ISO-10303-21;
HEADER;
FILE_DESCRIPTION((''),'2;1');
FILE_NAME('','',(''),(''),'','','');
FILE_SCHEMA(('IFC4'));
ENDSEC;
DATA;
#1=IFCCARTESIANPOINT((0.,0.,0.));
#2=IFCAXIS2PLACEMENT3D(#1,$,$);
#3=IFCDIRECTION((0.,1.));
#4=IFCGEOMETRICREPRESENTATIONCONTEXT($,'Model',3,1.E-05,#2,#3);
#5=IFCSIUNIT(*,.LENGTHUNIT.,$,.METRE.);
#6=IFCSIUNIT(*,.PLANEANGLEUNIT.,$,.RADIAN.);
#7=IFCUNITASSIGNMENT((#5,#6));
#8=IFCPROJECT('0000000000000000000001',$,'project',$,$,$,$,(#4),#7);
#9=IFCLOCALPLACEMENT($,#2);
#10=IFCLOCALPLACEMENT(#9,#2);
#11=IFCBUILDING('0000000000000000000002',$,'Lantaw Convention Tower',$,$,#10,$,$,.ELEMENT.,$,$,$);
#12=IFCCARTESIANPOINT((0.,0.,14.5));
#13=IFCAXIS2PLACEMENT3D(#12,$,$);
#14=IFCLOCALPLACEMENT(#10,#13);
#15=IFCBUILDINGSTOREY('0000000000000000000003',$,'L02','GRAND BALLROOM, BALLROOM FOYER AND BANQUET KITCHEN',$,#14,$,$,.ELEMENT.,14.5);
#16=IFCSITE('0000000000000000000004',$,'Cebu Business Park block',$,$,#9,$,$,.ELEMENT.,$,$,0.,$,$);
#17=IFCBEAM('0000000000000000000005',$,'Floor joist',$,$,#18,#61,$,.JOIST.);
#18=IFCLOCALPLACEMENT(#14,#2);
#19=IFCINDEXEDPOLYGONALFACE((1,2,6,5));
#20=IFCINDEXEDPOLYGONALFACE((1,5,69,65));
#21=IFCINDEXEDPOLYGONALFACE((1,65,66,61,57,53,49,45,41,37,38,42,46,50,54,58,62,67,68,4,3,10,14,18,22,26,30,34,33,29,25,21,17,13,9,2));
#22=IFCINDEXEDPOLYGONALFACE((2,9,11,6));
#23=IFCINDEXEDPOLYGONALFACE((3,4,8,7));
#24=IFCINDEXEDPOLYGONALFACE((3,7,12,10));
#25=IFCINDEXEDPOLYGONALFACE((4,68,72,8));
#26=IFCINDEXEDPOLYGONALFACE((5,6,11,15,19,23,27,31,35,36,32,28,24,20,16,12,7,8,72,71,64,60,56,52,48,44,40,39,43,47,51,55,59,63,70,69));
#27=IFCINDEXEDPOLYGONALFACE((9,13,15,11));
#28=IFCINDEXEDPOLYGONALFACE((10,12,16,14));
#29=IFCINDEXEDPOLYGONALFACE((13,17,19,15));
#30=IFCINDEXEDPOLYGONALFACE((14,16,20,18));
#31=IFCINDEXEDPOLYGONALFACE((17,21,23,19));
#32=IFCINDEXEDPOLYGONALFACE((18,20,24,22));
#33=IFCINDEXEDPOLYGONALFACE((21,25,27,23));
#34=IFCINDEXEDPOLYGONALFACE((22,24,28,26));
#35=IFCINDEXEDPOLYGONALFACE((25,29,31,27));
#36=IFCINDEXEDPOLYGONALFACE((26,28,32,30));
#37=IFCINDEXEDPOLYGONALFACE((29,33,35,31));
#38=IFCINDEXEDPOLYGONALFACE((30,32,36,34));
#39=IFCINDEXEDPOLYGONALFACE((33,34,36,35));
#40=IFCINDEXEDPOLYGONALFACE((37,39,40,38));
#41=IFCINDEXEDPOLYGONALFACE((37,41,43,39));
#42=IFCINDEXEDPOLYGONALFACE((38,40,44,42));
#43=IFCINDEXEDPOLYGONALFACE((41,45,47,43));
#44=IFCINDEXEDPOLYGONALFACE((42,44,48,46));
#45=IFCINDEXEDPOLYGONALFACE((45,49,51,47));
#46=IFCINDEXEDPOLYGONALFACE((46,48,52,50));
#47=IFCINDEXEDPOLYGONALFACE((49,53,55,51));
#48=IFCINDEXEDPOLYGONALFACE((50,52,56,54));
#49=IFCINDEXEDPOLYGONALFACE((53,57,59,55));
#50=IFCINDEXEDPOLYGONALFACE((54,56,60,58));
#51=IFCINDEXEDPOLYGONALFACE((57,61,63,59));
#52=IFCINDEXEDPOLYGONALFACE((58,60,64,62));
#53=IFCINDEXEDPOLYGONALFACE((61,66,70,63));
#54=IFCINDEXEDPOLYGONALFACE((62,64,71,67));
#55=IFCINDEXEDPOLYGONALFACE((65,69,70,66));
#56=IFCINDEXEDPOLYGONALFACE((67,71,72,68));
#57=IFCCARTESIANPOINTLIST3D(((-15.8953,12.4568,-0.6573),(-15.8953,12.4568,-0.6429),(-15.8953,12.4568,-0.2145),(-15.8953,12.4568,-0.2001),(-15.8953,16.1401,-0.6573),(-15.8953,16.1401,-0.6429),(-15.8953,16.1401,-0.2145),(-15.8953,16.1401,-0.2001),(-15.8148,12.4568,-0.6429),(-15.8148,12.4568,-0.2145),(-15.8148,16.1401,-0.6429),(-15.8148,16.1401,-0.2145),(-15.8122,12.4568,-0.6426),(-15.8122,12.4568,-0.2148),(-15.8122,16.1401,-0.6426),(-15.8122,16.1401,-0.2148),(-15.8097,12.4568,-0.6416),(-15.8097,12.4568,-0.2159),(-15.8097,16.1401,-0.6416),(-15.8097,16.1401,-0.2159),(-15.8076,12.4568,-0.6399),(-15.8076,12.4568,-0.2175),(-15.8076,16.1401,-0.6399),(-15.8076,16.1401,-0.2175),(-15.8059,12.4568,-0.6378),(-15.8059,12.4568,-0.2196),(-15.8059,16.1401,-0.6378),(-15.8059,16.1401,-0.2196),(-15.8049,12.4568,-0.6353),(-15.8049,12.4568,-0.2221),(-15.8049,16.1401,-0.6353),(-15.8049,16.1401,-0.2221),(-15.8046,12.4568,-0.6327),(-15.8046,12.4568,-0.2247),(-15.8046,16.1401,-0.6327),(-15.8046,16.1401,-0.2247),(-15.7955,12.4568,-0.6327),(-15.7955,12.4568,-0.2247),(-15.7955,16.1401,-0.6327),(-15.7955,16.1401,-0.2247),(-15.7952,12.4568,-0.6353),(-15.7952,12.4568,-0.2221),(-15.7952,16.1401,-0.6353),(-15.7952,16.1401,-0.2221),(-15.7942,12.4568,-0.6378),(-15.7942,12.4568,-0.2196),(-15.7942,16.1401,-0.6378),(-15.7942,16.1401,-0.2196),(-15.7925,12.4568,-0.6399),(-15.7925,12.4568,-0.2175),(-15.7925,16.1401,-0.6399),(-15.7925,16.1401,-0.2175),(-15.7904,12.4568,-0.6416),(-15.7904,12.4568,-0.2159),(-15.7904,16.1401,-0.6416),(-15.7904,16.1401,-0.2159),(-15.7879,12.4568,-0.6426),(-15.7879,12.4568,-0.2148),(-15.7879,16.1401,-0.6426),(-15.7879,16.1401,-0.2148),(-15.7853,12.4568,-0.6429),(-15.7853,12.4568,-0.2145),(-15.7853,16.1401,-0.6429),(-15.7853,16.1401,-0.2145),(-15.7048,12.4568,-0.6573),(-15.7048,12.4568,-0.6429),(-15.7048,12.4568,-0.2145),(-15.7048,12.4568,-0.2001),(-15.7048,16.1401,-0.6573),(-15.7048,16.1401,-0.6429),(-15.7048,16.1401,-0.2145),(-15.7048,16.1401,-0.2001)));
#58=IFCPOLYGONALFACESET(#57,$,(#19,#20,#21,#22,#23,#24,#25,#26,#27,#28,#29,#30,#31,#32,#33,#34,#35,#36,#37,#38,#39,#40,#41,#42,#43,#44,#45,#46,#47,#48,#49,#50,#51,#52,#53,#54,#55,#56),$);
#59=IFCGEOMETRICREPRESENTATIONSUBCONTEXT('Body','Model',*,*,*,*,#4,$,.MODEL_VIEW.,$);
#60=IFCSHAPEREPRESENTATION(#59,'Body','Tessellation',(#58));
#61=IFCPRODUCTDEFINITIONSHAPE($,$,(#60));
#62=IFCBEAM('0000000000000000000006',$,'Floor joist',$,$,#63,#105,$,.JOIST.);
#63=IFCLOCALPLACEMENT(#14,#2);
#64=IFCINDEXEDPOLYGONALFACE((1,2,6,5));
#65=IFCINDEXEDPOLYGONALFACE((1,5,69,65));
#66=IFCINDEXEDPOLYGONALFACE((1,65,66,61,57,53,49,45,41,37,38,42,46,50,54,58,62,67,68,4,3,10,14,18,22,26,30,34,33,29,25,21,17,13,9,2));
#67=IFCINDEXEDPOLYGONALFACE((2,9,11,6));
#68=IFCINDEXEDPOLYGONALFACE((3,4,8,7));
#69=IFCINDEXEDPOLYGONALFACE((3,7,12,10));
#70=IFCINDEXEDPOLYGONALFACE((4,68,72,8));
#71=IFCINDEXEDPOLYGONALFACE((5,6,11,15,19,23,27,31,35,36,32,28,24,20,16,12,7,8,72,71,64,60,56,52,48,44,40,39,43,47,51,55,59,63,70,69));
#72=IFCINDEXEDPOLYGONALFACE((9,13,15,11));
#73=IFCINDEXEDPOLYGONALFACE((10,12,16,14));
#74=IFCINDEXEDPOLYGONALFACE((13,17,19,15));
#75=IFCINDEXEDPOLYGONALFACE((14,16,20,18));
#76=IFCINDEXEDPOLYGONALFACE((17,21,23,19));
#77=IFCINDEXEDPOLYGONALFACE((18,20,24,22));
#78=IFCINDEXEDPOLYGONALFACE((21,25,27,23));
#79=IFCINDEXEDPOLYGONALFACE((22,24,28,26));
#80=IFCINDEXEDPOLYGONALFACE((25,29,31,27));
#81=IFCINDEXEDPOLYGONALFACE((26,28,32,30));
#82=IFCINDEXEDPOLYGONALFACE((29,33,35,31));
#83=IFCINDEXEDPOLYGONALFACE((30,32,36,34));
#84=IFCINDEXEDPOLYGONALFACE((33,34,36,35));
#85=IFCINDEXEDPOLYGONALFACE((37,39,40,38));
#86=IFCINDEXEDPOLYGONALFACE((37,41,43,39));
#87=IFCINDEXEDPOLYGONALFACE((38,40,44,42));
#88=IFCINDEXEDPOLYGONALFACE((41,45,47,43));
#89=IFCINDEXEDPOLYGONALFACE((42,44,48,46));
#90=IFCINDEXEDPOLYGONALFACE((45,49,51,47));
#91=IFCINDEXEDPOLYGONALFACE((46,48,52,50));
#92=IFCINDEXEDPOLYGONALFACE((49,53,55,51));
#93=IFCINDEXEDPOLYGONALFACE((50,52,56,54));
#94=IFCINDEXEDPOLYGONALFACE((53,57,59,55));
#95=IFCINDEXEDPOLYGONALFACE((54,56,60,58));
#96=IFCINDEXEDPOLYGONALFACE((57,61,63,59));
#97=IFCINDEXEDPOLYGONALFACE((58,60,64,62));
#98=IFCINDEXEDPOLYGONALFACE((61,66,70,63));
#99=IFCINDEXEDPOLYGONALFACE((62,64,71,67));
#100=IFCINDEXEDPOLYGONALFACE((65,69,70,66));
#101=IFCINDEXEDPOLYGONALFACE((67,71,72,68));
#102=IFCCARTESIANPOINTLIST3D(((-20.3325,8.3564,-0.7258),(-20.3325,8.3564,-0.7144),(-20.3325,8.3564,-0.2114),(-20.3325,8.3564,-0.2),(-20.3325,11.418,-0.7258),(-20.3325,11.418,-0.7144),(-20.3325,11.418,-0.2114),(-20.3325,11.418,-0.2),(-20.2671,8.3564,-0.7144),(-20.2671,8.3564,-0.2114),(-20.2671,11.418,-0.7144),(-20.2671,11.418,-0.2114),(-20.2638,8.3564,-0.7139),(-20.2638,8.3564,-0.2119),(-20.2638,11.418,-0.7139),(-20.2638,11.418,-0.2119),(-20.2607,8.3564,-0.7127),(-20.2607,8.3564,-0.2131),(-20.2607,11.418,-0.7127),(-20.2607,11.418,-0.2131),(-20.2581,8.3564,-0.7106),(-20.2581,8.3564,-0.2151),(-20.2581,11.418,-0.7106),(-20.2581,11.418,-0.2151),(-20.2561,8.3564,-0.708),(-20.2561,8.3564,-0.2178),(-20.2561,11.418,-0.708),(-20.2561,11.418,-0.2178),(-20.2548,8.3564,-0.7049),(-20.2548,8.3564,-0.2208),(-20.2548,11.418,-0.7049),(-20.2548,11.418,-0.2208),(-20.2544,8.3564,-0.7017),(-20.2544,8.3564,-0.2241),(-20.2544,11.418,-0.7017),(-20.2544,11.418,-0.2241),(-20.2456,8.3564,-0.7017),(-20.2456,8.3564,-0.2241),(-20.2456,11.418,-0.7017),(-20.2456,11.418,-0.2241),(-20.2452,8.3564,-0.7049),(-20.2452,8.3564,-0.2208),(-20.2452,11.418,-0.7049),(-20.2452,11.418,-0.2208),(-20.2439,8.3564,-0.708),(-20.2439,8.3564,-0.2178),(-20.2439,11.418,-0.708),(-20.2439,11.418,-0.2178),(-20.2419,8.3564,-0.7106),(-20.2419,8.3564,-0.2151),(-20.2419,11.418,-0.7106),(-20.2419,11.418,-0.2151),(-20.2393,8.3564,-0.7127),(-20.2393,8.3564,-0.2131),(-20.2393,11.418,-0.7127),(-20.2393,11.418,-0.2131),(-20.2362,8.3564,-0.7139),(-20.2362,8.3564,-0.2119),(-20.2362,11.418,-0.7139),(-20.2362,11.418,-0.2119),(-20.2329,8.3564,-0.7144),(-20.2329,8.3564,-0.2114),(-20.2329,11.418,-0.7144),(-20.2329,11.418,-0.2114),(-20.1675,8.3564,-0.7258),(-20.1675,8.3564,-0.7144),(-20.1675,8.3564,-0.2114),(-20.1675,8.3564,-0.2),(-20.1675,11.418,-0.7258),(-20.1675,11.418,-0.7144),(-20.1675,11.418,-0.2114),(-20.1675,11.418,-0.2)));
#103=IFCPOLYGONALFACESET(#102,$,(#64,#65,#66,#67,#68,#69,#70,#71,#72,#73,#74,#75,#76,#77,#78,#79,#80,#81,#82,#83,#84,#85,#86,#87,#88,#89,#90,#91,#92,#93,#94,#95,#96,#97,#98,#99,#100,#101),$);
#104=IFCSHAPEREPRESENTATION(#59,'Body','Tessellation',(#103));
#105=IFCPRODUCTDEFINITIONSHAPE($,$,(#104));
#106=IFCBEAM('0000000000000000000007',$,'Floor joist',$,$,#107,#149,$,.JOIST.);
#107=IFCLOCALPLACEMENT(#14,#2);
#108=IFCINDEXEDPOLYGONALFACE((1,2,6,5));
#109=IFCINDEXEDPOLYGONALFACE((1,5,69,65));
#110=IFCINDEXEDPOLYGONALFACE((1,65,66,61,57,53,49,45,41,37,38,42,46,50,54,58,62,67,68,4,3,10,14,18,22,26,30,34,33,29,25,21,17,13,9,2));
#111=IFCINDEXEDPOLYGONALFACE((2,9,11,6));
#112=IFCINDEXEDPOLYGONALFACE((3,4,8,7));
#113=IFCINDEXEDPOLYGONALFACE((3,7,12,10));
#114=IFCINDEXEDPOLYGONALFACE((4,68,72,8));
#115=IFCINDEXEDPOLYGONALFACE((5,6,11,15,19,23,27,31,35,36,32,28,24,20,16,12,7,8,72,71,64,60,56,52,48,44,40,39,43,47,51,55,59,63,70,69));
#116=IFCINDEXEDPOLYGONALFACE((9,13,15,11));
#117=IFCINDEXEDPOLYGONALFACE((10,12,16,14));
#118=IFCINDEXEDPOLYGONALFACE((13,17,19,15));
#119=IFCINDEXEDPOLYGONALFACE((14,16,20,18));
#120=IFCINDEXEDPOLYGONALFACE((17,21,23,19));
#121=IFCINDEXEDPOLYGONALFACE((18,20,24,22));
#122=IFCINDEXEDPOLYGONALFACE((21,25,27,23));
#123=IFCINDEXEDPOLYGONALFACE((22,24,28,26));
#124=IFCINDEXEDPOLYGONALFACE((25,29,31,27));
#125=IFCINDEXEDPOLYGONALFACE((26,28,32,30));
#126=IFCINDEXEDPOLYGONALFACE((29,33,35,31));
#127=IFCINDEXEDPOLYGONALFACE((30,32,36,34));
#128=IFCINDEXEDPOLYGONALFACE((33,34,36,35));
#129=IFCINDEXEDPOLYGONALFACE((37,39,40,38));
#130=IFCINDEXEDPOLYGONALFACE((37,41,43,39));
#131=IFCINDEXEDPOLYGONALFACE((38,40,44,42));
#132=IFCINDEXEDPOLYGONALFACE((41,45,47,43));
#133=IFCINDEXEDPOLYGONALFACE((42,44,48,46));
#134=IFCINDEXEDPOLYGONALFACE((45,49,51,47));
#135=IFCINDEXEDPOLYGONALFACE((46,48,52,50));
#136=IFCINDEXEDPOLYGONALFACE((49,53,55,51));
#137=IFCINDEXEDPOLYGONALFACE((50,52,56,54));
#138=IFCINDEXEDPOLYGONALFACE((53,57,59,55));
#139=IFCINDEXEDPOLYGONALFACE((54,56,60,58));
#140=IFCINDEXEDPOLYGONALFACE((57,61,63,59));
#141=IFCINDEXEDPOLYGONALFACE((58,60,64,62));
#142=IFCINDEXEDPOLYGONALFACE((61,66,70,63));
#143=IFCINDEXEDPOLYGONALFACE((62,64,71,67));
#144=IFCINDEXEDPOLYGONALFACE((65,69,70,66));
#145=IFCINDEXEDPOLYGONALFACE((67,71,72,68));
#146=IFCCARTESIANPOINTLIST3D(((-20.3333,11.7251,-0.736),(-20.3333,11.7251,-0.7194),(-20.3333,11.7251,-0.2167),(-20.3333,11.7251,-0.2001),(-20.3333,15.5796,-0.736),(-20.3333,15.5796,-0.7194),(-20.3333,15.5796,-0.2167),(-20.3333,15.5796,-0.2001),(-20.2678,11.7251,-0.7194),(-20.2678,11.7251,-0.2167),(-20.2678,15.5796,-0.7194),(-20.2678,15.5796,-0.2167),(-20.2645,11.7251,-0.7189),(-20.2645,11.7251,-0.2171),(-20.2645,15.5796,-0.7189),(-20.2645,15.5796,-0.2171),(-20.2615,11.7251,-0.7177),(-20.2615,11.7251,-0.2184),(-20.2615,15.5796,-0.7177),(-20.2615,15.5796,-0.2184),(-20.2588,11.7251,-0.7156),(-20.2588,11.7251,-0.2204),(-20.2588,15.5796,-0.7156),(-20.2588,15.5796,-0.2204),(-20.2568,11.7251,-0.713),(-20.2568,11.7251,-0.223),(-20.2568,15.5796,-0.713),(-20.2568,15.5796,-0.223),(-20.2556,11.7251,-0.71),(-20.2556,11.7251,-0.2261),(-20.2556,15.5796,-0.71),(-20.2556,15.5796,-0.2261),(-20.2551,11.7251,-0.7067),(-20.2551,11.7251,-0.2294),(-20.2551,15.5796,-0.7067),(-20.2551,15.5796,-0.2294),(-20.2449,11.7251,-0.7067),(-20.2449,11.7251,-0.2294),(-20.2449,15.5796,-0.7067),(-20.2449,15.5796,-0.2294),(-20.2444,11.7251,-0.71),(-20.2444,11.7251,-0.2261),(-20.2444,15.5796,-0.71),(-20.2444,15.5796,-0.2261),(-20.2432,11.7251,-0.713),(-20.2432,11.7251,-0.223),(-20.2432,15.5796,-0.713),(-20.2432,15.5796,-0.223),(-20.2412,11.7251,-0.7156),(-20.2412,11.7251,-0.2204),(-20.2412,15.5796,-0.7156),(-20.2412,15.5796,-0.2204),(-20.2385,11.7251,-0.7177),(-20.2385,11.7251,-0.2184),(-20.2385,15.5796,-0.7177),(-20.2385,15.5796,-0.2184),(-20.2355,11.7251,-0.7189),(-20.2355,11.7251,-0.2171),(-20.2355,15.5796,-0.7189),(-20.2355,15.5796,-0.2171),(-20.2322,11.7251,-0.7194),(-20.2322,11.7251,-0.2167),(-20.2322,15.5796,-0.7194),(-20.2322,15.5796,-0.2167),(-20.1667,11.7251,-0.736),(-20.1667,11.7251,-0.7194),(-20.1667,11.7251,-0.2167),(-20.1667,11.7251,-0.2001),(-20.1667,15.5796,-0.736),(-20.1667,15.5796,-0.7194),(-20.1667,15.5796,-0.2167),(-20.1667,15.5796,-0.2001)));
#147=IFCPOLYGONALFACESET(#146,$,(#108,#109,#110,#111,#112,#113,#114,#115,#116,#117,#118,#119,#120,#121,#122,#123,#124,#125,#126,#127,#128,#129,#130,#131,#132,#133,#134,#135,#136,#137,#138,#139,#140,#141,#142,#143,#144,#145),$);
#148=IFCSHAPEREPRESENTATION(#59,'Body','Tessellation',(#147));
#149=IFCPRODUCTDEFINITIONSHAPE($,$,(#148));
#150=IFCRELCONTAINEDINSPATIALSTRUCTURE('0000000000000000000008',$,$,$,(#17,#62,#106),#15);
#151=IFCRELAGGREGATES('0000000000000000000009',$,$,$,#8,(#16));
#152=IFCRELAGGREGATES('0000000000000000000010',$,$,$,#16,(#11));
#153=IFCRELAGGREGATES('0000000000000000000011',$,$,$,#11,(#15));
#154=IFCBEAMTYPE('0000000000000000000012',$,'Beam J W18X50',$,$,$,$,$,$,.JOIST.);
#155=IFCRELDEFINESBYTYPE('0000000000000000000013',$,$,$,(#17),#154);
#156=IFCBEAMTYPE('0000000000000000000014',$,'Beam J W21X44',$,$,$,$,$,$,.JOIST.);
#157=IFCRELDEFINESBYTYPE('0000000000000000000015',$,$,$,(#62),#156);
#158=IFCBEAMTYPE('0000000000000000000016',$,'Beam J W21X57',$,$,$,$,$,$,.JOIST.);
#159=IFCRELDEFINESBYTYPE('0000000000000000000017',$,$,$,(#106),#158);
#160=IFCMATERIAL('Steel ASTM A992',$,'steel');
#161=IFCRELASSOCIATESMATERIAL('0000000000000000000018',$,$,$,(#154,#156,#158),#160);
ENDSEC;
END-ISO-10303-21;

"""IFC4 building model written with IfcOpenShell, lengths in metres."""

from ifc_helpers import new_model, si_unit, direction, frame, origin, origin_2d, place, context, subcontext, project, spatial, i_section, extrude, material, material_profile, profile_set, type_object, element, save


model = new_model("IFC4")

# Units and contexts
model_context = context("Model", 3, precision=1e-05, world=origin(), true_north=direction((0.0, 1.0)))
body_context = subcontext(model_context, "Body", "Model", "MODEL_VIEW")
ifc_project = project(units=[si_unit("LENGTHUNIT", "METRE"), si_unit("PLANEANGLEUNIT", "RADIAN")], contexts=[model_context])

# Site, building, storey
site_placement = place(None, origin())
site = spatial("IfcSite", under=ifc_project, at=site_placement, Name="Cebu Business Park block", CompositionType="ELEMENT", RefElevation=0.0)
building_placement = place(site_placement, origin())
building = spatial("IfcBuilding", under=site, at=building_placement, Name="Lantaw Convention Tower", CompositionType="ELEMENT")
storey_placement = place(building_placement, frame((0.0, 0.0, 14.5)))
storey = spatial("IfcBuildingStorey", under=building, at=storey_placement, Name="L02", Description="GRAND BALLROOM, BALLROOM FOYER AND BANQUET KITCHEN", CompositionType="ELEMENT", Elevation=14.5)

# Beams
ifc_material_1 = material(Name="Steel ASTM A992", Category="steel")
ifc_material_profile_1 = material_profile(ifc_material_1, i_section(OverallWidth=0.1904, OverallDepth=0.4573, WebThickness=0.009, FlangeThickness=0.0144, FilletRadius=0.0103, at=origin_2d()), Name="W18X50")
ifc_profile_set_1 = profile_set([ifc_material_profile_1], Name="Steel ASTM A992")
beam_type_1 = type_object("IfcBeamType", Name="Beam J W18X50", PredefinedType="JOIST", material=ifc_profile_set_1)
beam_1_placement = place(storey_placement, frame((-15.8, 12.4568, -0.4287), z_axis=(0.0, 1.0, 0.0), x_axis=(-1.0, 0.0, 0.0)))
element("IfcBeam", 1, at=beam_1_placement, inside=storey, type_object=beam_type_1, Name="Floor joist", PredefinedType="JOIST", context=body_context, shape_type="SweptSolid", body=[
    extrude(i_section(OverallWidth=0.1904, OverallDepth=0.4573, WebThickness=0.009, FlangeThickness=0.0144, FilletRadius=0.0103, at=origin_2d()), origin(), (0.0, 0.0, 1.0), 3.6833),
])
ifc_material_profile_2 = material_profile(ifc_material_1, i_section(OverallWidth=0.165, OverallDepth=0.5259, WebThickness=0.0088, FlangeThickness=0.0115, FilletRadius=0.0127, at=origin_2d()), Name="W21X44")
ifc_profile_set_2 = profile_set([ifc_material_profile_2], Name="Steel ASTM A992")
beam_type_2 = type_object("IfcBeamType", Name="Beam J W21X44", PredefinedType="JOIST", material=ifc_profile_set_2)
beam_2_placement = place(storey_placement, frame((-20.25, 8.3564, -0.4629), z_axis=(0.0, 1.0, 0.0), x_axis=(-1.0, 0.0, 0.0)))
element("IfcBeam", 2, at=beam_2_placement, inside=storey, type_object=beam_type_2, Name="Floor joist", PredefinedType="JOIST", context=body_context, shape_type="SweptSolid", body=[
    extrude(i_section(OverallWidth=0.165, OverallDepth=0.5259, WebThickness=0.0088, FlangeThickness=0.0115, FilletRadius=0.0127, at=origin_2d()), origin(), (0.0, 0.0, 1.0), 3.0615),
])
ifc_material_profile_3 = material_profile(ifc_material_1, i_section(OverallWidth=0.1665, OverallDepth=0.5359, WebThickness=0.0103, FlangeThickness=0.0166, FilletRadius=0.0127, at=origin_2d()), Name="W21X57")
ifc_profile_set_3 = profile_set([ifc_material_profile_3], Name="Steel ASTM A992")
beam_type_3 = type_object("IfcBeamType", Name="Beam J W21X57", PredefinedType="JOIST", material=ifc_profile_set_3)
beam_3_placement = place(storey_placement, frame((-20.25, 11.7251, -0.468), z_axis=(0.0, 1.0, 0.0), x_axis=(-1.0, 0.0, 0.0)))
element("IfcBeam", 3, at=beam_3_placement, inside=storey, type_object=beam_type_3, Name="Floor joist", PredefinedType="JOIST", context=body_context, shape_type="SweptSolid", body=[
    extrude(i_section(OverallWidth=0.1665, OverallDepth=0.5359, WebThickness=0.0103, FlangeThickness=0.0166, FilletRadius=0.0127, at=origin_2d()), origin(), (0.0, 0.0, 1.0), 3.8545),
])

save(model, "model.ifc")
